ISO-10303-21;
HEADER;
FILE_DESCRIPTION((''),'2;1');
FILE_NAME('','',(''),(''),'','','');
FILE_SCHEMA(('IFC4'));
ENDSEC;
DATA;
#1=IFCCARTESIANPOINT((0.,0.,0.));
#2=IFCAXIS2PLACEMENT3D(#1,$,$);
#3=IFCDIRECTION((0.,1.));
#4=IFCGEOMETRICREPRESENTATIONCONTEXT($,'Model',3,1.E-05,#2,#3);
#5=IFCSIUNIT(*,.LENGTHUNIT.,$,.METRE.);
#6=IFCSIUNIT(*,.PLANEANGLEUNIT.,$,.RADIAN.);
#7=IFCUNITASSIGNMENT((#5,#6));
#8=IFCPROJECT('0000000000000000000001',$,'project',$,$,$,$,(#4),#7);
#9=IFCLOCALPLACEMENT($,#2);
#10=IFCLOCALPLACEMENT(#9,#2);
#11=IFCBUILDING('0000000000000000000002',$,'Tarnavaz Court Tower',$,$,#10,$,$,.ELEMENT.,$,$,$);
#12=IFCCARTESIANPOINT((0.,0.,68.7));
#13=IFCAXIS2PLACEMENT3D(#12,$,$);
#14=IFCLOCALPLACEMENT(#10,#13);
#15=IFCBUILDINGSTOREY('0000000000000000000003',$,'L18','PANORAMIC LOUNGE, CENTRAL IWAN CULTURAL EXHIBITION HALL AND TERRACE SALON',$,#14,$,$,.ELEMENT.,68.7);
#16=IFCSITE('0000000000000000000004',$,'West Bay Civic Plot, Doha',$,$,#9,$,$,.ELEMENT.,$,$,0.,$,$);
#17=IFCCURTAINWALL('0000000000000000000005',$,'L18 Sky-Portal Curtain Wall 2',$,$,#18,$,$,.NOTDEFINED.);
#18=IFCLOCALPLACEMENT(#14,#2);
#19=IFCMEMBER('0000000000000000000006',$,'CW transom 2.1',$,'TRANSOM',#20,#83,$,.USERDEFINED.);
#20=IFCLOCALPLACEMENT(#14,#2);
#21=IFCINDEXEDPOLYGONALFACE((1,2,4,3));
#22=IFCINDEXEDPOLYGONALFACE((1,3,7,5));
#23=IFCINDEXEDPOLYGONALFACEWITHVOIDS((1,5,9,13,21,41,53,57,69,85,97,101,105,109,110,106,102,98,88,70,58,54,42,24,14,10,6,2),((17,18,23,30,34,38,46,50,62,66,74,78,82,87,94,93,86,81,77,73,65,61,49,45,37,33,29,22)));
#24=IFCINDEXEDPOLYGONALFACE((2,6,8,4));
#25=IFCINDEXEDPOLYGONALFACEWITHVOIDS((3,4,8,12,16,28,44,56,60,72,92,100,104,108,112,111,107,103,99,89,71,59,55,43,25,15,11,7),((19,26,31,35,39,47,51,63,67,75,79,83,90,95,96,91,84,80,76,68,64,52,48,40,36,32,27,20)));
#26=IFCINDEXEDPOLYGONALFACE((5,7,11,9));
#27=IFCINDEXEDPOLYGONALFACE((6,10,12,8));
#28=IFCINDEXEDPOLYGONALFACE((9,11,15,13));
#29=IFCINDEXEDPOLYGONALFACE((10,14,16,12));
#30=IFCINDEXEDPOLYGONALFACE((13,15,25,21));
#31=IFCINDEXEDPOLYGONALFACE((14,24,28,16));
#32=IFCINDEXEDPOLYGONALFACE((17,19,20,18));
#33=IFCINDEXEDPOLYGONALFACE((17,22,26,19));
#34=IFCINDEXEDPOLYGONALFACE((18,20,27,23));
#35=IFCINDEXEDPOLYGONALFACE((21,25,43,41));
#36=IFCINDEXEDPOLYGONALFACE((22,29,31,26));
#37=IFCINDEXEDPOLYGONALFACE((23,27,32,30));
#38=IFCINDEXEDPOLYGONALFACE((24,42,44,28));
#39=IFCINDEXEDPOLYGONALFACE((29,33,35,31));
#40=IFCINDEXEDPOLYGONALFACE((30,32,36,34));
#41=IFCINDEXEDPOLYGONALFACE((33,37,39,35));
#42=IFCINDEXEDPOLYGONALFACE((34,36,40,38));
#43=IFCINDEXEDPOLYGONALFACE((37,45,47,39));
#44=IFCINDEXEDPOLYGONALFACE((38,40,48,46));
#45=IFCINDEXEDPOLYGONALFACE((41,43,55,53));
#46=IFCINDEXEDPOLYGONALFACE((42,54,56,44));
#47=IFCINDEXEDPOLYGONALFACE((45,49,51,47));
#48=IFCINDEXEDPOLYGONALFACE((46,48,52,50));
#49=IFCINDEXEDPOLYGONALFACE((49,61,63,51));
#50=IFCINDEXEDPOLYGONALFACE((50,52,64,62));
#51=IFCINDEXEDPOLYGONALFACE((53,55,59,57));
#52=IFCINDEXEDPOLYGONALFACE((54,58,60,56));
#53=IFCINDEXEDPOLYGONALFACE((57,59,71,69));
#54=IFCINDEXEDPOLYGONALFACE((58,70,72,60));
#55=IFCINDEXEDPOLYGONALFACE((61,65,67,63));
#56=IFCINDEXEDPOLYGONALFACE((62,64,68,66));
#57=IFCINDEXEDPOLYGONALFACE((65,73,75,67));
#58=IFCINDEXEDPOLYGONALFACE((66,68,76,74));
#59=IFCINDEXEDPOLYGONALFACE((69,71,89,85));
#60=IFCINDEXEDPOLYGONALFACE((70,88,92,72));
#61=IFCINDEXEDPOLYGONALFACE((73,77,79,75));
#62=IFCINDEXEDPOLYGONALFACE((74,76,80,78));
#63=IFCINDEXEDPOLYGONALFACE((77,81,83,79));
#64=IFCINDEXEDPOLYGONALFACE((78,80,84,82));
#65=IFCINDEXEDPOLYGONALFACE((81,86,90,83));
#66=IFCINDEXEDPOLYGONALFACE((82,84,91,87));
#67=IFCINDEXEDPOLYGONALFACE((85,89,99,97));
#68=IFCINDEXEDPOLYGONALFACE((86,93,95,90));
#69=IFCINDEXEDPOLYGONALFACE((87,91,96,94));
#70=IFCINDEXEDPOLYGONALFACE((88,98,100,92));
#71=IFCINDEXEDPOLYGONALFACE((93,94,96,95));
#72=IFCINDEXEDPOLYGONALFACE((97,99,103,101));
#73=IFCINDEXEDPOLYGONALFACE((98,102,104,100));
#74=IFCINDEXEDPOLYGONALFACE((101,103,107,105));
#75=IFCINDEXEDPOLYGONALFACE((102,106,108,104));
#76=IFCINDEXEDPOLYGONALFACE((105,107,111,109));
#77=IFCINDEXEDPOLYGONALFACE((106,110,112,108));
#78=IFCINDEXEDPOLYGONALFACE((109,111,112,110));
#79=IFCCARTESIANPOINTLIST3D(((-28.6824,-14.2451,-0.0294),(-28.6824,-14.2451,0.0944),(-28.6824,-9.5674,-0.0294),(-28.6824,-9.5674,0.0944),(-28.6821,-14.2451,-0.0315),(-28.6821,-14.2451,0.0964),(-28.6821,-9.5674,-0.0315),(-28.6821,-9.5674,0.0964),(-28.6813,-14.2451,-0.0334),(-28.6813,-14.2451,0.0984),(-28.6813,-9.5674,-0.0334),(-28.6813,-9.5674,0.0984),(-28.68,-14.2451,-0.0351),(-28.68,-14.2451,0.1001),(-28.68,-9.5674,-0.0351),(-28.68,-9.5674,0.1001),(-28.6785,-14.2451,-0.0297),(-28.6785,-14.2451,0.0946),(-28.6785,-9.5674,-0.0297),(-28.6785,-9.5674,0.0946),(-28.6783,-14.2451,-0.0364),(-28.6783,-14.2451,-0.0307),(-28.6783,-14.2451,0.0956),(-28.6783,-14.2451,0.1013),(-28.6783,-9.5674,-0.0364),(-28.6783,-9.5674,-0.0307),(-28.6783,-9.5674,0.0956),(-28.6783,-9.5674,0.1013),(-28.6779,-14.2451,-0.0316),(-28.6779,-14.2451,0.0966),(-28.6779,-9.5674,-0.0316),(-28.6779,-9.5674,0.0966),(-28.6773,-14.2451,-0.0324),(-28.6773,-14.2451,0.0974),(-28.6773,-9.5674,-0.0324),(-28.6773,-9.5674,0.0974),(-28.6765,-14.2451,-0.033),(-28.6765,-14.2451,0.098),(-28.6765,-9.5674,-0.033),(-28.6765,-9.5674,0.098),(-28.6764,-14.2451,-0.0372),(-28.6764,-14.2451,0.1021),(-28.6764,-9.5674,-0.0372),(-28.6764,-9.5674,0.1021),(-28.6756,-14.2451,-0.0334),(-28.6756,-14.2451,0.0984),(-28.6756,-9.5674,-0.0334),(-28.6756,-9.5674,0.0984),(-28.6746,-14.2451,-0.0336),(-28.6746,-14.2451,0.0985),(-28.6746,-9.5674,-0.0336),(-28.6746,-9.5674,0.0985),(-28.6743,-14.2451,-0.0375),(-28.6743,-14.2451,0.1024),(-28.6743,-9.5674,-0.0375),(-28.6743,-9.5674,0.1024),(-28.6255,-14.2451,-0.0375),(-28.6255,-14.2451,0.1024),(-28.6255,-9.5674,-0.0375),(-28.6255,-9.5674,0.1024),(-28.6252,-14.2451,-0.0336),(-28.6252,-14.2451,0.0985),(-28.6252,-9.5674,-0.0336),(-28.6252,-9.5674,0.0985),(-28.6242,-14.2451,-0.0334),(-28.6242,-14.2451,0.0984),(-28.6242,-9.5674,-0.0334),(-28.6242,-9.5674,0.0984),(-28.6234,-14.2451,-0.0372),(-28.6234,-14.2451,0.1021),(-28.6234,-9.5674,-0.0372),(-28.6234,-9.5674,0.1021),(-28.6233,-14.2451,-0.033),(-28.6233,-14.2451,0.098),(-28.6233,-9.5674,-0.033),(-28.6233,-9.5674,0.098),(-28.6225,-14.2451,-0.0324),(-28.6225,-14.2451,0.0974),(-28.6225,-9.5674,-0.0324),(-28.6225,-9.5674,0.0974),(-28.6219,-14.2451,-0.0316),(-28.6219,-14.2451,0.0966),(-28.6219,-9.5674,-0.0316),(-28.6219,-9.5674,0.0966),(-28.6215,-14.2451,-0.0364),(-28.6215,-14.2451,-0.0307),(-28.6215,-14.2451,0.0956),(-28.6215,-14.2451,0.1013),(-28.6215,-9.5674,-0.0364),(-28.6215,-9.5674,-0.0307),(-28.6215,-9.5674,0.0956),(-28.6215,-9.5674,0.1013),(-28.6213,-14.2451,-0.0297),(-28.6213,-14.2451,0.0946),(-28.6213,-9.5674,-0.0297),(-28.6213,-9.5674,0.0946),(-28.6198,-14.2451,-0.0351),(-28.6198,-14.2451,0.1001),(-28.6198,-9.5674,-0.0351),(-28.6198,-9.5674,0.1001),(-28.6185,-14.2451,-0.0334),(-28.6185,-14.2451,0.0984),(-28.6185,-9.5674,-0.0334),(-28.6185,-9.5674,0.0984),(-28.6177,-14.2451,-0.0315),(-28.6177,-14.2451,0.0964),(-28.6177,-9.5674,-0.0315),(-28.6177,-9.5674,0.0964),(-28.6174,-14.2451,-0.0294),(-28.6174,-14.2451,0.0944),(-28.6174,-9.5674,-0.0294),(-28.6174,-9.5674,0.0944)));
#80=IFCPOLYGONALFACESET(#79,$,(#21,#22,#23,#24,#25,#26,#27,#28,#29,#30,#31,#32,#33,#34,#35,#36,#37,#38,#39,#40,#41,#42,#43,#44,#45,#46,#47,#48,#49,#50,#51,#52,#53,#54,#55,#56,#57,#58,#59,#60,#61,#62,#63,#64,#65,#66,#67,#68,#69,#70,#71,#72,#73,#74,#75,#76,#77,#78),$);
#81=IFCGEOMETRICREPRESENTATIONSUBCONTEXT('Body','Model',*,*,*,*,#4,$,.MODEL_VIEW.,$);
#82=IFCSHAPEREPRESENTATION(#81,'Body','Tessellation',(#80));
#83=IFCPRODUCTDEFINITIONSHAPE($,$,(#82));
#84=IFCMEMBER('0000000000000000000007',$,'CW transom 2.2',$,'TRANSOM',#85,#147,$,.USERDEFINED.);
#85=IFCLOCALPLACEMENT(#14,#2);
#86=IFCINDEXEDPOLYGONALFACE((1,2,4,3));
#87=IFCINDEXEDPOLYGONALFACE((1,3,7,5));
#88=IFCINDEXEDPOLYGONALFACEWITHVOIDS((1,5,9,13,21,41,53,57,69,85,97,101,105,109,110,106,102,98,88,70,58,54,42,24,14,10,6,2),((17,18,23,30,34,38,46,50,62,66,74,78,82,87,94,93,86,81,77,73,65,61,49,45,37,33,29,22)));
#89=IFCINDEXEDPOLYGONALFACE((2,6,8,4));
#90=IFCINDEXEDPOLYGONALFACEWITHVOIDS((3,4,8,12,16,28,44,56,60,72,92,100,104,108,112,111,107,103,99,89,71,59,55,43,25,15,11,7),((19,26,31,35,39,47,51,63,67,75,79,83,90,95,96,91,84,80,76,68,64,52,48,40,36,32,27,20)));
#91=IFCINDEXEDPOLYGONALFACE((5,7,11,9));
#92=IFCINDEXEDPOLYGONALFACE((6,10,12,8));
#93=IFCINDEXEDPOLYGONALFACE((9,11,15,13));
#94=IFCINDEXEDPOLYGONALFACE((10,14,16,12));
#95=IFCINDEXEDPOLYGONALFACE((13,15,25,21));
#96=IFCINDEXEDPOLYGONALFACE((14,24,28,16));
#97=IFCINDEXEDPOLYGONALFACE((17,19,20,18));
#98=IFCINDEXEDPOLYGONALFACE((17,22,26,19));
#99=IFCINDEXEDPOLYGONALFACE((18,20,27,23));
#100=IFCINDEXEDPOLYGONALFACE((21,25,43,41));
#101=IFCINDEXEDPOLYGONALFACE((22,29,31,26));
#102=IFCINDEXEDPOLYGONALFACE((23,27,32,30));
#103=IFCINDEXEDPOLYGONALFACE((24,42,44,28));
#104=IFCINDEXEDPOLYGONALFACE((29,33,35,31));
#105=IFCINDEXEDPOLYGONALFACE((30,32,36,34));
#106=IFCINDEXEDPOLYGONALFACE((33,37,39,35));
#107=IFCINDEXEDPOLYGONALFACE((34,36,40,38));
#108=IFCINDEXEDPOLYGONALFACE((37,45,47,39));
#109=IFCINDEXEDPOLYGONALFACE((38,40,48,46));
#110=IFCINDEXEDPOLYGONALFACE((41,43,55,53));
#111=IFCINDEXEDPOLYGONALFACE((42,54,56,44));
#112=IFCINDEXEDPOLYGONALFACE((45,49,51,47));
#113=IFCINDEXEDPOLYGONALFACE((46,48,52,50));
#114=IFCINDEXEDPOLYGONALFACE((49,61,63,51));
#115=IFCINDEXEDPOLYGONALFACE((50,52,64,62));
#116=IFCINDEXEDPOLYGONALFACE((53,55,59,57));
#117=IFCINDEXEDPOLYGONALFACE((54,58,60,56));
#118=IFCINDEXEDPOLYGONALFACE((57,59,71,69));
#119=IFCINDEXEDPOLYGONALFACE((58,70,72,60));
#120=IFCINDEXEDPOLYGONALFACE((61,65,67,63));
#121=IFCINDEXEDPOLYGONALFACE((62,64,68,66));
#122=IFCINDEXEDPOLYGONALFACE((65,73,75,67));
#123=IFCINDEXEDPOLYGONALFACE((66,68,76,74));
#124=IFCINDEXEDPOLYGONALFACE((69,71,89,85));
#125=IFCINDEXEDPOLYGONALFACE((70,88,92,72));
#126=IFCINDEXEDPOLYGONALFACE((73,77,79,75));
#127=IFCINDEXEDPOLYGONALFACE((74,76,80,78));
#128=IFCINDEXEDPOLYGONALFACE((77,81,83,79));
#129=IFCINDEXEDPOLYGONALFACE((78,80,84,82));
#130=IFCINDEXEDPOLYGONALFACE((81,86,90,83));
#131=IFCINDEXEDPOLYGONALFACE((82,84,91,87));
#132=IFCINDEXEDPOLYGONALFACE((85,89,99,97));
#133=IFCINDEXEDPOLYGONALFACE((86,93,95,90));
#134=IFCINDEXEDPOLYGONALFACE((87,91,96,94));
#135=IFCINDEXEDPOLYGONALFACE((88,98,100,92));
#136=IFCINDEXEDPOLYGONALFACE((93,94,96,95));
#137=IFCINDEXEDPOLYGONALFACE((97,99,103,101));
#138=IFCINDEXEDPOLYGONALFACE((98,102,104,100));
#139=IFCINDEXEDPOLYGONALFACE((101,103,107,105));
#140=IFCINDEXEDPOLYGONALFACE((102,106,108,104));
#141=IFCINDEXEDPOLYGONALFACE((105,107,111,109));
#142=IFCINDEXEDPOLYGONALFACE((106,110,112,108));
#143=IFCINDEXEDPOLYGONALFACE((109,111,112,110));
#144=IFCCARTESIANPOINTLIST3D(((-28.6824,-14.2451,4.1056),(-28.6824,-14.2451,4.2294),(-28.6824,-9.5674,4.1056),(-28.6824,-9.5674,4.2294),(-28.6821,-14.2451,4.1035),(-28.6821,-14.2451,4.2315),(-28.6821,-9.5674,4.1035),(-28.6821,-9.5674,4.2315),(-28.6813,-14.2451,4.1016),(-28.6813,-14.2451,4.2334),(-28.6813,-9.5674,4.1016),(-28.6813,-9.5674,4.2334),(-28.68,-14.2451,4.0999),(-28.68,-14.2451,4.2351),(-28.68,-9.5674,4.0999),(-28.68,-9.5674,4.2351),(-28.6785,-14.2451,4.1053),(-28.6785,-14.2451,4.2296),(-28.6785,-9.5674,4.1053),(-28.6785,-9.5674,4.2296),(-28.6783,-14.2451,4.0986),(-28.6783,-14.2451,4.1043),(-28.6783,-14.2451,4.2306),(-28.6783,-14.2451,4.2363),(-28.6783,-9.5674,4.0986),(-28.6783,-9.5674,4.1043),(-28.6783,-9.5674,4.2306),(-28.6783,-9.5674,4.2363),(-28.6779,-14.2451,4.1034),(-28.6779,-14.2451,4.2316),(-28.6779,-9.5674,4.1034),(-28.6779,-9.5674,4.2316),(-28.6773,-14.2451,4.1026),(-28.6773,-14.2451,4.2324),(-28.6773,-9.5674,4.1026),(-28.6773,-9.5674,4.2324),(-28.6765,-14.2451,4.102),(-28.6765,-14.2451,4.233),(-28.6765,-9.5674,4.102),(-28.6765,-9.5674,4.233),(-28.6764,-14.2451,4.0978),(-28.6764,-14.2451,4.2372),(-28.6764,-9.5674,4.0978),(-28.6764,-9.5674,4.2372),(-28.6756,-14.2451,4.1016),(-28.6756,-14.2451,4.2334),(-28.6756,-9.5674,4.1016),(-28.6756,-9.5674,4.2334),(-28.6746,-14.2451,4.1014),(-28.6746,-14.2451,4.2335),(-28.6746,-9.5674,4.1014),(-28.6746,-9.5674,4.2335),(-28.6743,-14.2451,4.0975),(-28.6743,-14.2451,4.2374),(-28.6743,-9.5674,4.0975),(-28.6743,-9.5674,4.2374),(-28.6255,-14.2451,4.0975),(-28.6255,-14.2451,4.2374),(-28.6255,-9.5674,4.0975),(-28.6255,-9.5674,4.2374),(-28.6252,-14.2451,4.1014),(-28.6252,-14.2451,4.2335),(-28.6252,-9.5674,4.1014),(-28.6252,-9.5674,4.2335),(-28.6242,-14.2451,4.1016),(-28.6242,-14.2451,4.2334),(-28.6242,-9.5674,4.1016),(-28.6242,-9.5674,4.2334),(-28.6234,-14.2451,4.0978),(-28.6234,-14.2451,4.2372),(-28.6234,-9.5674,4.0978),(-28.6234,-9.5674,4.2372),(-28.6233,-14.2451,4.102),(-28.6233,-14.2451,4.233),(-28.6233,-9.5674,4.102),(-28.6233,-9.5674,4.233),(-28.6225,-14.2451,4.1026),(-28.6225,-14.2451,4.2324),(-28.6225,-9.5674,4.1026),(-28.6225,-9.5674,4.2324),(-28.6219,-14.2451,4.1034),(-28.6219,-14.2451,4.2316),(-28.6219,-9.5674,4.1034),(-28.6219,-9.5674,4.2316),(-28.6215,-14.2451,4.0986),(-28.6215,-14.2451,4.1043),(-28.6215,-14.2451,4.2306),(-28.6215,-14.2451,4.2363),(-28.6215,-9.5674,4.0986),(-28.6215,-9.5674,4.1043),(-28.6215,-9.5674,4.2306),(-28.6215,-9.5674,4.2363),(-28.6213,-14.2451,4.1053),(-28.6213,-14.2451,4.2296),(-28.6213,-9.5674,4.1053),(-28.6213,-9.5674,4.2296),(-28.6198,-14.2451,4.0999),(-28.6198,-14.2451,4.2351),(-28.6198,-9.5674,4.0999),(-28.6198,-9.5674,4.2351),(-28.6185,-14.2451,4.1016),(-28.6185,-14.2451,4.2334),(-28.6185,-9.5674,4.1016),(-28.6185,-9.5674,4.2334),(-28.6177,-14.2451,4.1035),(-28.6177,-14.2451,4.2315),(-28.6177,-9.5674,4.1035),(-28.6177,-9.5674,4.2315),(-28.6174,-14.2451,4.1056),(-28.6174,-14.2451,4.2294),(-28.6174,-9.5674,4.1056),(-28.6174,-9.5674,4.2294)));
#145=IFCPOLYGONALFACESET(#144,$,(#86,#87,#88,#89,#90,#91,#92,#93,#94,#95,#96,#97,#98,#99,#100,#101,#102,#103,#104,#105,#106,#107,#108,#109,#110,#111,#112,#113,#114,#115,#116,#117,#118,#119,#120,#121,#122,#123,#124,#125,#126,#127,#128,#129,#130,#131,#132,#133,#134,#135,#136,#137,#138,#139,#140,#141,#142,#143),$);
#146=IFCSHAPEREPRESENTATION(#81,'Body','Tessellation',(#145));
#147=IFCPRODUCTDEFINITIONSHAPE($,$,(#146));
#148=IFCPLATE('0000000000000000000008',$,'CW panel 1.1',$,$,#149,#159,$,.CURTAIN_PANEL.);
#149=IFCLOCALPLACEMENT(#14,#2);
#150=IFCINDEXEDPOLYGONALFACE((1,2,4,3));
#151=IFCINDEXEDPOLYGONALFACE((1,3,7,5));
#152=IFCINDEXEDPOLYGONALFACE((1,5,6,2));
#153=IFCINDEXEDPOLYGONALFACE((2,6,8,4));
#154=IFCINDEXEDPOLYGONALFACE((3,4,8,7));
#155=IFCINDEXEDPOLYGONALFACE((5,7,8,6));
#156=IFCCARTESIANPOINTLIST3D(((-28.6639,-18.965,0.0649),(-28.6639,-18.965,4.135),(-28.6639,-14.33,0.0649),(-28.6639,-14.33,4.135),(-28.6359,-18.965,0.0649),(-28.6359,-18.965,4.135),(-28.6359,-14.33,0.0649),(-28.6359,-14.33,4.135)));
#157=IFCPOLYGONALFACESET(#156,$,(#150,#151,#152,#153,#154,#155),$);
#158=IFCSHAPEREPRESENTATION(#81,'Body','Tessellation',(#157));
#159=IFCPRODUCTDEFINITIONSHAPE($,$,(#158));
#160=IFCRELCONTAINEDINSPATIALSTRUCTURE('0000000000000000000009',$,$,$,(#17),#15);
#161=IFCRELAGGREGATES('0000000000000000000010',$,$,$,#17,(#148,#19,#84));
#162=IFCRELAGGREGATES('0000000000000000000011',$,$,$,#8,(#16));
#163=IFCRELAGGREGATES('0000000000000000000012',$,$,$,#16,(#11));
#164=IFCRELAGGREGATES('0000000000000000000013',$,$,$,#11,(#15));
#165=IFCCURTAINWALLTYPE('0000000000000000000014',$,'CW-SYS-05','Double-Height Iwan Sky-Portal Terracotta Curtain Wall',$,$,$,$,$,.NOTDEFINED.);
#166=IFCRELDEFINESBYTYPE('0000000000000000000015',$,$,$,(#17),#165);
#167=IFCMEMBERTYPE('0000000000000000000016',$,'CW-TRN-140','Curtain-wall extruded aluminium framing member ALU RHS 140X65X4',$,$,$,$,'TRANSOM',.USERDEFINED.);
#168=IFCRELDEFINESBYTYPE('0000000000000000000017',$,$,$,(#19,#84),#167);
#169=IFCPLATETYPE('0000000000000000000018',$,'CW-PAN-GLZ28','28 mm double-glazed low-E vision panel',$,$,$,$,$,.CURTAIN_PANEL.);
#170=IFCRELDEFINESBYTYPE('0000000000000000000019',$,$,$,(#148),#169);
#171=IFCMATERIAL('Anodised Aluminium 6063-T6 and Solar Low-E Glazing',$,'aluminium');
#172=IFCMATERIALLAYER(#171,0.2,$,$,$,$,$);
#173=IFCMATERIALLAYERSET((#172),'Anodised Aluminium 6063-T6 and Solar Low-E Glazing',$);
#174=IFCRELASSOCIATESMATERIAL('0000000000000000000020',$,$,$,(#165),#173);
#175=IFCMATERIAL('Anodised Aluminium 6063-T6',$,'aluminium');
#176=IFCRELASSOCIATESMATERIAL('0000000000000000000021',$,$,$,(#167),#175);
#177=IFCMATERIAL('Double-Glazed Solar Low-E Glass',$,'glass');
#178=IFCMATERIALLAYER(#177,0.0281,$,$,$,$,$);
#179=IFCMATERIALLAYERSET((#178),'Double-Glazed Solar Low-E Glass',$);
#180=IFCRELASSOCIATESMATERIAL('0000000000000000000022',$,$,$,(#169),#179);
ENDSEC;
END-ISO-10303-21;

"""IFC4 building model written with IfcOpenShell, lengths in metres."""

from ifc_helpers import new_model, si_unit, direction, frame, origin, origin_2d, place, context, subcontext, project, spatial, rectangle, hollow_rectangle, extrude, material, layer, layer_set, material_profile, profile_set, type_object, element, aggregate, save


model = new_model("IFC4")

# Units and contexts
model_context = context("Model", 3, precision=1e-05, world=origin(), true_north=direction((0.0, 1.0)))
body_context = subcontext(model_context, "Body", "Model", "MODEL_VIEW")
ifc_project = project(units=[si_unit("LENGTHUNIT", "METRE"), si_unit("PLANEANGLEUNIT", "RADIAN")], contexts=[model_context])

# Site, building, storey
site_placement = place(None, origin())
site = spatial("IfcSite", under=ifc_project, at=site_placement, Name="West Bay Civic Plot, Doha", CompositionType="ELEMENT", RefElevation=0.0)
building_placement = place(site_placement, origin())
building = spatial("IfcBuilding", under=site, at=building_placement, Name="Tarnavaz Court Tower", CompositionType="ELEMENT")
storey_placement = place(building_placement, frame((0.0, 0.0, 68.7)))
storey = spatial("IfcBuildingStorey", under=building, at=storey_placement, Name="L18", Description="PANORAMIC LOUNGE, CENTRAL IWAN CULTURAL EXHIBITION HALL AND TERRACE SALON", CompositionType="ELEMENT", Elevation=68.7)

# Curtain wall, members, plate
ifc_material_1 = material(Name="Anodised Aluminium 6063-T6 and Solar Low-E Glazing", Category="aluminium")
ifc_layer_1 = layer(ifc_material_1, 0.2)
ifc_layer_set_1 = layer_set([ifc_layer_1], Name="Anodised Aluminium 6063-T6 and Solar Low-E Glazing")
curtain_wall_type = type_object("IfcCurtainWallType", Name="CW-SYS-05", Description="Double-Height Iwan Sky-Portal Terracotta Curtain Wall", PredefinedType="NOTDEFINED", material=ifc_layer_set_1)
curtain_wall_placement = place(storey_placement, origin())
curtain_wall = element("IfcCurtainWall", 1, at=curtain_wall_placement, inside=storey, type_object=curtain_wall_type, Name="L18 Sky-Portal Curtain Wall 2", PredefinedType="NOTDEFINED")
ifc_material_2 = material(Name="Anodised Aluminium 6063-T6", Category="aluminium")
ifc_material_profile_1 = material_profile(ifc_material_2, hollow_rectangle(XDim=0.0649, YDim=0.1399, WallThickness=0.0039, InnerFilletRadius=0.0039, OuterFilletRadius=0.0081, at=origin_2d()), Name="ALU RHS 140X65X4")
ifc_profile_set_1 = profile_set([ifc_material_profile_1], Name="Anodised Aluminium 6063-T6")
member_type_1 = type_object("IfcMemberType", Name="CW-TRN-140", Description="Curtain-wall extruded aluminium framing member ALU RHS 140X65X4", ElementType="TRANSOM", PredefinedType="USERDEFINED", material=ifc_profile_set_1)
member_1_placement = place(storey_placement, frame((-28.6499, -14.2451, 0.0325), z_axis=(0.0, 1.0, 0.0), x_axis=(-1.0, 0.0, 0.0)))
member_1 = element("IfcMember", 2, at=member_1_placement, type_object=member_type_1, Name="CW transom 2.1", ObjectType="TRANSOM", PredefinedType="USERDEFINED", context=body_context, shape_type="SweptSolid", body=[
    extrude(hollow_rectangle(XDim=0.0649, YDim=0.1399, WallThickness=0.0039, InnerFilletRadius=0.0039, OuterFilletRadius=0.0081, at=origin_2d()), origin(), (0.0, 0.0, 1.0), 4.6777),
])
member_2_placement = place(storey_placement, frame((-28.6499, -14.2451, 4.1675), z_axis=(0.0, 1.0, 0.0), x_axis=(-1.0, 0.0, 0.0)))
member_2 = element("IfcMember", 3, at=member_2_placement, type_object=member_type_1, Name="CW transom 2.2", ObjectType="TRANSOM", PredefinedType="USERDEFINED", context=body_context, shape_type="SweptSolid", body=[
    extrude(hollow_rectangle(XDim=0.0649, YDim=0.1399, WallThickness=0.0039, InnerFilletRadius=0.0039, OuterFilletRadius=0.0081, at=origin_2d()), origin(), (0.0, 0.0, 1.0), 4.6777),
])
ifc_material_3 = material(Name="Double-Glazed Solar Low-E Glass", Category="glass")
ifc_layer_2 = layer(ifc_material_3, 0.0281)
ifc_layer_set_2 = layer_set([ifc_layer_2], Name="Double-Glazed Solar Low-E Glass")
plate_type = type_object("IfcPlateType", Name="CW-PAN-GLZ28", Description="28 mm double-glazed low-E vision panel", PredefinedType="CURTAIN_PANEL", material=ifc_layer_set_2)
plate_placement = place(storey_placement, frame((-28.6499, -16.6475, 0.0649), z_axis=(0.0, 0.0, 1.0), x_axis=(0.0, 1.0, 0.0)))
plate = element("IfcPlate", 4, at=plate_placement, type_object=plate_type, Name="CW panel 1.1", PredefinedType="CURTAIN_PANEL", context=body_context, shape_type="SweptSolid", body=[
    extrude(rectangle(XDim=4.635, YDim=0.0281, at=origin_2d()), origin(), (0.0, 0.0, 1.0), 4.0701),
])
aggregate(curtain_wall, [plate, member_1, member_2])

save(model, "model.ifc")
